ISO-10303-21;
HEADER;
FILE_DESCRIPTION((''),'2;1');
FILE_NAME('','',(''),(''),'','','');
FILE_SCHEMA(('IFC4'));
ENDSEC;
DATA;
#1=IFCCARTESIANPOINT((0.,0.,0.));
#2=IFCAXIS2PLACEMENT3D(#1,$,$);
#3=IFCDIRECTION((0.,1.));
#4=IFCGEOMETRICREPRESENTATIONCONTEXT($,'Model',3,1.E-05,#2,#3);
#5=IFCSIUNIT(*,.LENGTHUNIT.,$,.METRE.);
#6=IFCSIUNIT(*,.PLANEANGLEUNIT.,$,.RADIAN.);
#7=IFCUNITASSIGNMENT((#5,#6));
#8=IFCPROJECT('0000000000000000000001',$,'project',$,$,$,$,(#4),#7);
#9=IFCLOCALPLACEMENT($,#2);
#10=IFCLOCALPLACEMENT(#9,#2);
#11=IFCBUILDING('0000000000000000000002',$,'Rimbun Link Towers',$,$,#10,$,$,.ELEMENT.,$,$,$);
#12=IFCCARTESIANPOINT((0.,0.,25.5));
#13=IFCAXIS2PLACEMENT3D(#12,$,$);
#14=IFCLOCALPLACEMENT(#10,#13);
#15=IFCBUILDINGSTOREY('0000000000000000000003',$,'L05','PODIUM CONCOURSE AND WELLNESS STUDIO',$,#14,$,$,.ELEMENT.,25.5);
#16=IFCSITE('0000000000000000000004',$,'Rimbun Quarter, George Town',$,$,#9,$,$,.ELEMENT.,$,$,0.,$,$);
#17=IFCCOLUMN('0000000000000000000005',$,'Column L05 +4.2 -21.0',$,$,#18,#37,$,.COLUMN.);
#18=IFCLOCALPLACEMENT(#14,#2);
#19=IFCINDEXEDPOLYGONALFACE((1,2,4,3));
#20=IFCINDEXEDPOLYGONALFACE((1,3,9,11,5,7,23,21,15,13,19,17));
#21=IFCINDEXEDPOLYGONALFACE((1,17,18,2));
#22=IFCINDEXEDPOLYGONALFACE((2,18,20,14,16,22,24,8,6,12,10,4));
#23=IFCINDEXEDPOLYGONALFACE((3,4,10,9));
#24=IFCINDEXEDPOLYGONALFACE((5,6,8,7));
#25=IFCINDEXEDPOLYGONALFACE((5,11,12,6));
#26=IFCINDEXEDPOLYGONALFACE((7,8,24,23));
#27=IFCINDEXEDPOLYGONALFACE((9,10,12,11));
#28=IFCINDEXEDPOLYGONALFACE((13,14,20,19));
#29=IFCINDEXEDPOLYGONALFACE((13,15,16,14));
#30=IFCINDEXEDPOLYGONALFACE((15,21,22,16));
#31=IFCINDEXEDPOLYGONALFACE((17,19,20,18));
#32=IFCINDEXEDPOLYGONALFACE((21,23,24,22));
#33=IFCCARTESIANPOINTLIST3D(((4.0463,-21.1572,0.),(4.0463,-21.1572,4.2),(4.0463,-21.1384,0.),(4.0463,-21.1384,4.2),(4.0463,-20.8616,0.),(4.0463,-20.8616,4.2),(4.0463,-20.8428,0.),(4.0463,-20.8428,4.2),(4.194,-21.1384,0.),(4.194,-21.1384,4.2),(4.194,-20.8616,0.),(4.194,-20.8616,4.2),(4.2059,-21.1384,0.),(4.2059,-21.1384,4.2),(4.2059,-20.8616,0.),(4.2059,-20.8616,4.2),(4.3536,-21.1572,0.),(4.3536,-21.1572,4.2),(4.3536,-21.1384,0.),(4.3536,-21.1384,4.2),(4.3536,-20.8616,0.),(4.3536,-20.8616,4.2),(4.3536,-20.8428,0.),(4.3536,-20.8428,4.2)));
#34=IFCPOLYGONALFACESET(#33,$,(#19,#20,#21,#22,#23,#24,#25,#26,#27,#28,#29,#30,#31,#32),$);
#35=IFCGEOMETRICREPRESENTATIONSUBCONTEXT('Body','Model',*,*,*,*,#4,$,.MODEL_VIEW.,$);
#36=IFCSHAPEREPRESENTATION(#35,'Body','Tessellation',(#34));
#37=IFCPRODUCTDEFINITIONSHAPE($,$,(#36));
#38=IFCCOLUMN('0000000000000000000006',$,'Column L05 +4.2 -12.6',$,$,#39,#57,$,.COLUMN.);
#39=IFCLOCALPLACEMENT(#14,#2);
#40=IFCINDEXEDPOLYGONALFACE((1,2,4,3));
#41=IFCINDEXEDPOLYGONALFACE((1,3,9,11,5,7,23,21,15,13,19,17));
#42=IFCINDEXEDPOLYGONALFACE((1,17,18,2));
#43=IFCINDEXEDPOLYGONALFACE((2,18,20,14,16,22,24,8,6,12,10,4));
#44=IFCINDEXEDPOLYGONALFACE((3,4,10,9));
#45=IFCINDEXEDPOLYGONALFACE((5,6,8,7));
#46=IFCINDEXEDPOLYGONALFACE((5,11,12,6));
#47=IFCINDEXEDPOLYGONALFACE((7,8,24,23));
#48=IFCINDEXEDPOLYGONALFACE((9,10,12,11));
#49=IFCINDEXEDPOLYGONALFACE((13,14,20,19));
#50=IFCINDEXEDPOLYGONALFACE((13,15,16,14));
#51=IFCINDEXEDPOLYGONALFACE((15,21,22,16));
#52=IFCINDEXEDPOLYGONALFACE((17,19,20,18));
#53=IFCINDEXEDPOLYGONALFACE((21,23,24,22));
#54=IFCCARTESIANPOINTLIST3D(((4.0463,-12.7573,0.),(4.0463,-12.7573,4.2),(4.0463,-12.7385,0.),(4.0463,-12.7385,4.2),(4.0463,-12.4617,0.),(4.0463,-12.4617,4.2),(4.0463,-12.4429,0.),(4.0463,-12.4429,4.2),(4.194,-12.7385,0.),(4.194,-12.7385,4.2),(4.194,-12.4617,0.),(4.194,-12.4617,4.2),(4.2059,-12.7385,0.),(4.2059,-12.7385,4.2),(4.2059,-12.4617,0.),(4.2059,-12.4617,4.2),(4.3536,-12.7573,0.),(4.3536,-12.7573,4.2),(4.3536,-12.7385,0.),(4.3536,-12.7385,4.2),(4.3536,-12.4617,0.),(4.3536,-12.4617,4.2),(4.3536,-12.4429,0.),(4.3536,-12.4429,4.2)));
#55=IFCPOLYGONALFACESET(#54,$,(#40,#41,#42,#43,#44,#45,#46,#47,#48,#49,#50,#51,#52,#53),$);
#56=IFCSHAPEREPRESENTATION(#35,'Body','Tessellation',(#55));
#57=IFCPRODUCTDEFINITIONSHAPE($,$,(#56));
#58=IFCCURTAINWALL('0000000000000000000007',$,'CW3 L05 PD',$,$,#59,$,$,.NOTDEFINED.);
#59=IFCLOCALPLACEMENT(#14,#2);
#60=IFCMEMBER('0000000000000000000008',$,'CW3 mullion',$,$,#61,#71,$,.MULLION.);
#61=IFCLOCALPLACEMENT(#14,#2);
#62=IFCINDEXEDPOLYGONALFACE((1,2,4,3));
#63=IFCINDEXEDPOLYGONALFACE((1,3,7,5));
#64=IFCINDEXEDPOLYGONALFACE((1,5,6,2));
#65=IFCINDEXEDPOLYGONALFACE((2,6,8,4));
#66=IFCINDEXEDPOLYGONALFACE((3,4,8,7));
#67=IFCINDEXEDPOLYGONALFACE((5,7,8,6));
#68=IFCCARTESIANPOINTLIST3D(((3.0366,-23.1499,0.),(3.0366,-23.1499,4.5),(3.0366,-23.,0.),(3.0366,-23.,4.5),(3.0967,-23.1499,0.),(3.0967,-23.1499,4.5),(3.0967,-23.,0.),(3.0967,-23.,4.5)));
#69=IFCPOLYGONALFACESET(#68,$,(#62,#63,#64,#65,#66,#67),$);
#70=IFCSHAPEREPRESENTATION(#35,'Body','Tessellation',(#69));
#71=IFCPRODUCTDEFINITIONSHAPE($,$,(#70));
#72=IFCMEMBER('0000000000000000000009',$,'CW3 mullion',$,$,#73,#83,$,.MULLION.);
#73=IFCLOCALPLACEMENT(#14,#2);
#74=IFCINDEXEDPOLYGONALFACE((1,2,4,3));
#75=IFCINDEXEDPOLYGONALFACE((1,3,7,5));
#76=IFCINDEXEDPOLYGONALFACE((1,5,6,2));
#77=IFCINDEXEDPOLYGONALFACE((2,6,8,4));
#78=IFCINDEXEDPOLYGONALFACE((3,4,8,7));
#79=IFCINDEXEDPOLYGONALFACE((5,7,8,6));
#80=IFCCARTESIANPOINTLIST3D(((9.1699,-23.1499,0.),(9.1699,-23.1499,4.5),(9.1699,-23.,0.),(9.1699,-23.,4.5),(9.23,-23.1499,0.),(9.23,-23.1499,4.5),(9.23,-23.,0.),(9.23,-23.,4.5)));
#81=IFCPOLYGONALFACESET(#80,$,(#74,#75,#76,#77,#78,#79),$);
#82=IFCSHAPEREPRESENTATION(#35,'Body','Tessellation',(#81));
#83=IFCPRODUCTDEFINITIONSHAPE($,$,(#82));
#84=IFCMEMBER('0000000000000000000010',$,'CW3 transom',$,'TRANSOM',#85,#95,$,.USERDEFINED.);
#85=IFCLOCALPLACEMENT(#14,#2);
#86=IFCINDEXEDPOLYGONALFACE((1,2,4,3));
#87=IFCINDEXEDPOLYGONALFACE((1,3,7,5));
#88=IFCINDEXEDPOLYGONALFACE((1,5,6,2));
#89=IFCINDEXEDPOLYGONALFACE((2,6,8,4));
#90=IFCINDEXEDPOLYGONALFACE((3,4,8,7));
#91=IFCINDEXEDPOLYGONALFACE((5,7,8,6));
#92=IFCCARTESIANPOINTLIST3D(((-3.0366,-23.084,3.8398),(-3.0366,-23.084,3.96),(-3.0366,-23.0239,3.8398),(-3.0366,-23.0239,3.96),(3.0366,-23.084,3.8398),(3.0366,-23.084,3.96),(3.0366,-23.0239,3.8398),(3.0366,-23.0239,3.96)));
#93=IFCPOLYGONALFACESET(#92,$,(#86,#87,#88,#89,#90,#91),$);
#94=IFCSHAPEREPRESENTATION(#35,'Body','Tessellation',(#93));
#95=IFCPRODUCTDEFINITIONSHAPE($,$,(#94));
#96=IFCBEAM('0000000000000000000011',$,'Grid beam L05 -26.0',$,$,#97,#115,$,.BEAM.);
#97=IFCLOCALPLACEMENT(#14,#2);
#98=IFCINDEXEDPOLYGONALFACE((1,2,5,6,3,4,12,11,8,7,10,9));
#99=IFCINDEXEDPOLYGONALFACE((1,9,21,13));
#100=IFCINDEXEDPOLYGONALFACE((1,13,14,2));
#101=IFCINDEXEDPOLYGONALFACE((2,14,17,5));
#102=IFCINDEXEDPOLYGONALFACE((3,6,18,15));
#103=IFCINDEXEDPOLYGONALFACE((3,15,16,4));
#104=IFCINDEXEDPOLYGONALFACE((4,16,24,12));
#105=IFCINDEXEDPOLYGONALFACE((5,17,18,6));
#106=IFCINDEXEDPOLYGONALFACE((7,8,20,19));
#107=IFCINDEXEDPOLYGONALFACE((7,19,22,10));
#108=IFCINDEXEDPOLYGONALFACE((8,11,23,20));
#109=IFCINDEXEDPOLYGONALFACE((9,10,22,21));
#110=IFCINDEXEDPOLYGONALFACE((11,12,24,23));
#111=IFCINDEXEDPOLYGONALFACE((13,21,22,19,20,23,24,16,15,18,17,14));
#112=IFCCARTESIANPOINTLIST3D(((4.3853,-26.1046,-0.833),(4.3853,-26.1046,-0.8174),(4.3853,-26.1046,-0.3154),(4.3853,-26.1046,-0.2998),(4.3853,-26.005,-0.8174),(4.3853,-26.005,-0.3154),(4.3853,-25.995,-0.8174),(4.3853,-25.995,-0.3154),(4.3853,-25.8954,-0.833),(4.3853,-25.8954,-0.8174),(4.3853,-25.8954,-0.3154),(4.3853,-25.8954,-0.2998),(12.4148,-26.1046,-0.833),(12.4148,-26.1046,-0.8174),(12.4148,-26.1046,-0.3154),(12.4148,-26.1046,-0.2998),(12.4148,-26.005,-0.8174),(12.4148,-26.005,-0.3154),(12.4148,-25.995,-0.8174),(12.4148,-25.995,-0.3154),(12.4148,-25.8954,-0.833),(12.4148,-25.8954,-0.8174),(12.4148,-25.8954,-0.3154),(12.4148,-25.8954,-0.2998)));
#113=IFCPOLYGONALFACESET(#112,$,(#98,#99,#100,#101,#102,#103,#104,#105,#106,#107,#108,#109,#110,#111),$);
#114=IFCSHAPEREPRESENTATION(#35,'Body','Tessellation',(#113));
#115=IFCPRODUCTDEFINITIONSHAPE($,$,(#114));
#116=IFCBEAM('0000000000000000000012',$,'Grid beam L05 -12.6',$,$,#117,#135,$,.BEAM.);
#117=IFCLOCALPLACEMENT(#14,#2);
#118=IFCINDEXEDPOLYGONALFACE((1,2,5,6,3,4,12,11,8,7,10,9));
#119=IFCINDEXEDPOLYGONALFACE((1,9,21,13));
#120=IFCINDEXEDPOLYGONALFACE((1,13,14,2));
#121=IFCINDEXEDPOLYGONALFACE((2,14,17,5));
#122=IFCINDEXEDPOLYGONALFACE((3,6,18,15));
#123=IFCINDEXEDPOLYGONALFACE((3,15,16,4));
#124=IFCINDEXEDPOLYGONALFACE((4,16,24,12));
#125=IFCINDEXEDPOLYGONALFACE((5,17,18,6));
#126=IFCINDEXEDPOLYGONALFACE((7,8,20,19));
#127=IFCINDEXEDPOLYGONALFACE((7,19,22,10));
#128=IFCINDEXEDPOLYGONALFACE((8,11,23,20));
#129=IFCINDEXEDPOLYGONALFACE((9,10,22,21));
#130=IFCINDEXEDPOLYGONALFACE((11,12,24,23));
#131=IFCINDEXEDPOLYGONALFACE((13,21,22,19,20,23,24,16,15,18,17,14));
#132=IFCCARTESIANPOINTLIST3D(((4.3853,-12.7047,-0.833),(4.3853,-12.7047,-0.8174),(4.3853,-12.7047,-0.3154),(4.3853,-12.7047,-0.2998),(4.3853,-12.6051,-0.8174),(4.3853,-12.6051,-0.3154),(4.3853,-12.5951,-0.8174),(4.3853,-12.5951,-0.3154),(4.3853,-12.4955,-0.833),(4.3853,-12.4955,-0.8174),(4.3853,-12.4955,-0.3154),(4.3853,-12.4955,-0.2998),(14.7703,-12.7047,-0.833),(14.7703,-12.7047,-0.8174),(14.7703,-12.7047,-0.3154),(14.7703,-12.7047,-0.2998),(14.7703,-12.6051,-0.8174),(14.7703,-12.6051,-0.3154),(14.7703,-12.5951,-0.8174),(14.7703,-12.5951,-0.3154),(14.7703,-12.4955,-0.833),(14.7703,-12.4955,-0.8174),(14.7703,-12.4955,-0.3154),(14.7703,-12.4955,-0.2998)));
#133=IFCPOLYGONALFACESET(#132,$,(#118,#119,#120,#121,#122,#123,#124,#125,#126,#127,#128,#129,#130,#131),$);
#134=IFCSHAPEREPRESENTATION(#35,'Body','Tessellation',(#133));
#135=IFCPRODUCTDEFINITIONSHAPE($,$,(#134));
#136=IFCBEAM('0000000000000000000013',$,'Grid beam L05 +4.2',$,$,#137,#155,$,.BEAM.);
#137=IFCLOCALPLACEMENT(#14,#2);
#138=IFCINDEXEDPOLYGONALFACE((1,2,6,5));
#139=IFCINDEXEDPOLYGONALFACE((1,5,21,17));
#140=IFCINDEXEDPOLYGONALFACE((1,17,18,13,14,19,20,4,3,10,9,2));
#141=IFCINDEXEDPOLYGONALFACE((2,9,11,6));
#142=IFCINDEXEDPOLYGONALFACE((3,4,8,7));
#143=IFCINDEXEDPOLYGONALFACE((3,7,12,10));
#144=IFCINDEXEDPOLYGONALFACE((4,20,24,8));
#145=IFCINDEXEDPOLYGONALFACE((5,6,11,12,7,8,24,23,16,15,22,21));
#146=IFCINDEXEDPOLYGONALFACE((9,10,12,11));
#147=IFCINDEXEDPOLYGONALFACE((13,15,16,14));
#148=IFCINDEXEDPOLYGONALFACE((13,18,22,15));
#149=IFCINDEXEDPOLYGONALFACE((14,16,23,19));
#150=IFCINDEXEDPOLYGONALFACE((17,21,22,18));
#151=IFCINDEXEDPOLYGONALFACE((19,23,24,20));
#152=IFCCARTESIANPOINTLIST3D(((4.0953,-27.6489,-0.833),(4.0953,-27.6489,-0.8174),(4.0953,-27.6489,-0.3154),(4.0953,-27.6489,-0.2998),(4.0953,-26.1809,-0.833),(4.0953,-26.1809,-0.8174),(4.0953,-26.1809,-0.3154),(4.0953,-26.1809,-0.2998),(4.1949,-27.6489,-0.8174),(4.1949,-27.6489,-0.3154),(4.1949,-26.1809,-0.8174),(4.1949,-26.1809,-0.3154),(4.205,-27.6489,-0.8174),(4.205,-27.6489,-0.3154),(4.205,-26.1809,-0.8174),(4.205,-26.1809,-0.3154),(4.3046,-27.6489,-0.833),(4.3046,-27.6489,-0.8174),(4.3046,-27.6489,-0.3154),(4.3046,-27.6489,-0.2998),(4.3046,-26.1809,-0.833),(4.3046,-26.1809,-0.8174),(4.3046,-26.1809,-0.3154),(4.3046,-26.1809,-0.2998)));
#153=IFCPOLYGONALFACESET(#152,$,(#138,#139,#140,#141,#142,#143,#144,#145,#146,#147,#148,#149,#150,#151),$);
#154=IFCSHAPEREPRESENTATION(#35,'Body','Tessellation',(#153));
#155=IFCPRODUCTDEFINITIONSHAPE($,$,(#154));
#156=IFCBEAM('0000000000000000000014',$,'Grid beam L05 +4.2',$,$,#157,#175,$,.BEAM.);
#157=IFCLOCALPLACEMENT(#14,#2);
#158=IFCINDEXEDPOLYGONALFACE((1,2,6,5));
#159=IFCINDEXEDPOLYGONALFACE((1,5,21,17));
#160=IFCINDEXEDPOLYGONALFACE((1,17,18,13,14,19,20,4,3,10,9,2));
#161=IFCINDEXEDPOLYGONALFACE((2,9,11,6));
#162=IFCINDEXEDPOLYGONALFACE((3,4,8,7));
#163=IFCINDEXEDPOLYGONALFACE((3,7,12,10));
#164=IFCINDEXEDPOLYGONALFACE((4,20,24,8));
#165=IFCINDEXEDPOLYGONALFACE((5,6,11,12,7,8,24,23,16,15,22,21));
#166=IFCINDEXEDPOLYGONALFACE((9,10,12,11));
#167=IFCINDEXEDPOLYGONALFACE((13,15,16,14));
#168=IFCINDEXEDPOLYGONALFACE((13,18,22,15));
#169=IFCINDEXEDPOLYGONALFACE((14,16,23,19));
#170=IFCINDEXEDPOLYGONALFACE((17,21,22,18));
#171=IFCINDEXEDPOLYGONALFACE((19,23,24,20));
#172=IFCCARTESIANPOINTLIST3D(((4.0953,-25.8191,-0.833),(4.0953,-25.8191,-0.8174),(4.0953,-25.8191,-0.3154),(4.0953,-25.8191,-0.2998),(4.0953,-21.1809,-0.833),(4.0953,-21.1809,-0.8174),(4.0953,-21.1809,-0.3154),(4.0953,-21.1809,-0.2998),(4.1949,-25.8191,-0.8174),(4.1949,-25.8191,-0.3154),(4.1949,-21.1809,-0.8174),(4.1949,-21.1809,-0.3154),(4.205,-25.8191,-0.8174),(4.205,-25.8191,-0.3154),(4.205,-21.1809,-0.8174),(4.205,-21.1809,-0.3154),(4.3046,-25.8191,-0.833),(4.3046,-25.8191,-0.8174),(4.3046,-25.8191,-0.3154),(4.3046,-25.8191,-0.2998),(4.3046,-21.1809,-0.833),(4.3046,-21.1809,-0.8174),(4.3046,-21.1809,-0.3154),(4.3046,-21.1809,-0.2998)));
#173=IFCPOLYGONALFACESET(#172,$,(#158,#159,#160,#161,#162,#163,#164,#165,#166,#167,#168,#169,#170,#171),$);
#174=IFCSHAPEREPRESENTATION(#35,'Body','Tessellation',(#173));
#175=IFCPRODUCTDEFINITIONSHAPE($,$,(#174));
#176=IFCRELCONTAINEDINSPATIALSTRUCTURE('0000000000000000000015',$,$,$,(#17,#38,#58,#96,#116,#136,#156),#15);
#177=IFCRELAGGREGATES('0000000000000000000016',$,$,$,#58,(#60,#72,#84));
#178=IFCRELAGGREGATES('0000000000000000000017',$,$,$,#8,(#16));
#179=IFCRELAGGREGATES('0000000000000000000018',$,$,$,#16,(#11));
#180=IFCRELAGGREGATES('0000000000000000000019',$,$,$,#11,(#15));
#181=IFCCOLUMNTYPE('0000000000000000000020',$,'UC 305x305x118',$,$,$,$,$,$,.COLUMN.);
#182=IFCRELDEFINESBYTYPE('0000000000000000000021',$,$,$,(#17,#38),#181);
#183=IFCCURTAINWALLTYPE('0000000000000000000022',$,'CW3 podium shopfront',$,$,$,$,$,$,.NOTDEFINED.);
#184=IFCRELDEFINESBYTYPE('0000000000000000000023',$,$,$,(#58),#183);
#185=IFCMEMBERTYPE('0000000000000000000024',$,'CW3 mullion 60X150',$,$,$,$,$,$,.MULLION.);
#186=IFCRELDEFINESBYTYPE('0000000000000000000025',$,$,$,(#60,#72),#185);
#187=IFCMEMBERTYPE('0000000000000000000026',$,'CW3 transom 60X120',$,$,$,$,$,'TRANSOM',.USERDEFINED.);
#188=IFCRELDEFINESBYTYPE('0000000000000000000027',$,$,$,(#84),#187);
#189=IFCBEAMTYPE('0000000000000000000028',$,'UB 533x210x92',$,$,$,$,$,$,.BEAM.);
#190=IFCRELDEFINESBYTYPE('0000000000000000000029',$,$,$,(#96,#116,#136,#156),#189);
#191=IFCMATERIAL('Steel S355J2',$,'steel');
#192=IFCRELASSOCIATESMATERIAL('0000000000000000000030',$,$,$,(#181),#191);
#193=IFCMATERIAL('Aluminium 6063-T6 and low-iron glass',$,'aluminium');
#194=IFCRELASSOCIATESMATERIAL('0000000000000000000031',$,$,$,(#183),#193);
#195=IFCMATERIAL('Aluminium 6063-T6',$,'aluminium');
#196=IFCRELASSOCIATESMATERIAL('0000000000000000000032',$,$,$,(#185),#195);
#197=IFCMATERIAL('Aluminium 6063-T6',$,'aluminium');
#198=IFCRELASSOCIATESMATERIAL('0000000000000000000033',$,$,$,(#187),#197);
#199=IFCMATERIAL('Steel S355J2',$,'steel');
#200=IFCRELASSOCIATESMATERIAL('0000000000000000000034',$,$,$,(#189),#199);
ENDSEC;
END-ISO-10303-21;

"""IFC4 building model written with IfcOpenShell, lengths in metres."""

from ifc_helpers import new_model, si_unit, direction, frame, origin, origin_2d, place, context, subcontext, project, spatial, rectangle, i_section, extrude, material, material_profile, profile_set, type_object, element, aggregate, save


model = new_model("IFC4")

# Units and contexts
model_context = context("Model", 3, precision=1e-05, world=origin(), true_north=direction((0.0, 1.0)))
body_context = subcontext(model_context, "Body", "Model", "MODEL_VIEW")
ifc_project = project(units=[si_unit("LENGTHUNIT", "METRE"), si_unit("PLANEANGLEUNIT", "RADIAN")], contexts=[model_context])

# Site, building, storey
site_placement = place(None, origin())
site = spatial("IfcSite", under=ifc_project, at=site_placement, Name="Rimbun Quarter, George Town", CompositionType="ELEMENT", RefElevation=0.0)
building_placement = place(site_placement, origin())
building = spatial("IfcBuilding", under=site, at=building_placement, Name="Rimbun Link Towers", CompositionType="ELEMENT")
storey_placement = place(building_placement, frame((0.0, 0.0, 25.5)))
storey = spatial("IfcBuildingStorey", under=building, at=storey_placement, Name="L05", Description="PODIUM CONCOURSE AND WELLNESS STUDIO", CompositionType="ELEMENT", Elevation=25.5)

# Columns
ifc_material_1 = material(Name="Steel S355J2", Category="steel")
ifc_material_profile_1 = material_profile(ifc_material_1, i_section(OverallWidth=0.3074, OverallDepth=0.3145, WebThickness=0.012, FlangeThickness=0.0188, at=origin_2d()), Name="UC 305x305x118")
ifc_profile_set_1 = profile_set([ifc_material_profile_1], Name="Steel S355J2")
column_type = type_object("IfcColumnType", Name="UC 305x305x118", PredefinedType="COLUMN", material=ifc_profile_set_1)
for number, where, z_axis, x_axis, name in (
    (1, (4.2, -21.0, 0.0), (0.0, 0.0, 1.0), (1.0, 0.0, 0.0), "Column L05 +4.2 -21.0"),
    (2, (4.2, -12.6001, 0.0), (0.0, 0.0, 1.0), (1.0, 0.0, 0.0), "Column L05 +4.2 -12.6"),
):
    element("IfcColumn", number, at=place(storey_placement, frame(where, z_axis=z_axis, x_axis=x_axis)), inside=storey, type_object=column_type, Name=name, PredefinedType="COLUMN", context=body_context, shape_type="SweptSolid", body=[
        extrude(i_section(OverallWidth=0.3074, OverallDepth=0.3145, WebThickness=0.012, FlangeThickness=0.0188, at=origin_2d()), origin(), (0.0, 0.0, 1.0), 4.2),
    ])

# Curtain wall, members
ifc_material_2 = material(Name="Aluminium 6063-T6 and low-iron glass", Category="aluminium")
curtain_wall_type = type_object("IfcCurtainWallType", Name="CW3 podium shopfront", PredefinedType="NOTDEFINED", material=ifc_material_2)
curtain_wall_placement = place(storey_placement, origin())
curtain_wall = element("IfcCurtainWall", 3, at=curtain_wall_placement, inside=storey, type_object=curtain_wall_type, Name="CW3 L05 PD", PredefinedType="NOTDEFINED")
ifc_material_3 = material(Name="Aluminium 6063-T6", Category="aluminium")
ifc_material_profile_2 = material_profile(ifc_material_3, rectangle(XDim=0.1499, YDim=0.0601, at=origin_2d()), Name="MULLION 60X150")
ifc_profile_set_2 = profile_set([ifc_material_profile_2], Name="Aluminium 6063-T6")
member_type_1 = type_object("IfcMemberType", Name="CW3 mullion 60X150", PredefinedType="MULLION", material=ifc_profile_set_2)
member_1_placement = place(storey_placement, frame((3.0667, -23.075, 0.0), z_axis=(0.0, 0.0, 1.0), x_axis=(0.0, -1.0, 0.0)))
member_1 = element("IfcMember", 4, at=member_1_placement, type_object=member_type_1, Name="CW3 mullion", PredefinedType="MULLION", context=body_context, shape_type="SweptSolid", body=[
    extrude(rectangle(XDim=0.1499, YDim=0.0601, at=origin_2d()), origin(), (0.0, 0.0, 1.0), 4.5),
])
member_2_placement = place(storey_placement, frame((9.2, -23.075, 0.0), z_axis=(0.0, 0.0, 1.0), x_axis=(0.0, -1.0, 0.0)))
member_2 = element("IfcMember", 5, at=member_2_placement, type_object=member_type_1, Name="CW3 mullion", PredefinedType="MULLION", context=body_context, shape_type="SweptSolid", body=[
    extrude(rectangle(XDim=0.1499, YDim=0.0601, at=origin_2d()), origin(), (0.0, 0.0, 1.0), 4.5),
])
ifc_material_4 = material(Name="Aluminium 6063-T6", Category="aluminium")
ifc_material_profile_3 = material_profile(ifc_material_4, rectangle(XDim=0.0601, YDim=0.1201, at=origin_2d()), Name="TRANSOM 60X120")
ifc_profile_set_3 = profile_set([ifc_material_profile_3], Name="Aluminium 6063-T6")
member_type_2 = type_object("IfcMemberType", Name="CW3 transom 60X120", ElementType="TRANSOM", PredefinedType="USERDEFINED", material=ifc_profile_set_3)
member_3_placement = place(storey_placement, frame((3.0366, -23.054, 3.8999), z_axis=(-1.0, 0.0, 0.0), x_axis=(0.0, -1.0, 0.0)))
member_3 = element("IfcMember", 6, at=member_3_placement, type_object=member_type_2, Name="CW3 transom", ObjectType="TRANSOM", PredefinedType="USERDEFINED", context=body_context, shape_type="SweptSolid", body=[
    extrude(rectangle(XDim=0.0601, YDim=0.1201, at=origin_2d()), origin(), (0.0, 0.0, 1.0), 6.0732),
])

# Beams
ifc_material_5 = material(Name="Steel S355J2", Category="steel")
ifc_material_profile_4 = material_profile(ifc_material_5, i_section(OverallWidth=0.2092, OverallDepth=0.5332, WebThickness=0.01, FlangeThickness=0.0156, at=origin_2d()), Name="UB 533x210x92")
ifc_profile_set_4 = profile_set([ifc_material_profile_4], Name="Steel S355J2")
beam_type = type_object("IfcBeamType", Name="UB 533x210x92", PredefinedType="BEAM", material=ifc_profile_set_4)
beam_1_placement = place(storey_placement, frame((4.3853, -26.0, -0.5664), z_axis=(1.0, 0.0, 0.0), x_axis=(0.0, 1.0, 0.0)))
element("IfcBeam", 7, at=beam_1_placement, inside=storey, type_object=beam_type, Name="Grid beam L05 -26.0", PredefinedType="BEAM", context=body_context, shape_type="SweptSolid", body=[
    extrude(i_section(OverallWidth=0.2092, OverallDepth=0.5332, WebThickness=0.01, FlangeThickness=0.0156, at=origin_2d()), origin(), (0.0, 0.0, 1.0), 8.0295),
])
beam_2_placement = place(storey_placement, frame((4.3853, -12.6001, -0.5664), z_axis=(1.0, 0.0, 0.0), x_axis=(0.0, 1.0, 0.0)))
element("IfcBeam", 8, at=beam_2_placement, inside=storey, type_object=beam_type, Name="Grid beam L05 -12.6", PredefinedType="BEAM", context=body_context, shape_type="SweptSolid", body=[
    extrude(i_section(OverallWidth=0.2092, OverallDepth=0.5332, WebThickness=0.01, FlangeThickness=0.0156, at=origin_2d()), origin(), (0.0, 0.0, 1.0), 10.385),
])
beam_3_placement = place(storey_placement, frame((4.2, -27.6489, -0.5664), z_axis=(0.0, 1.0, 0.0), x_axis=(-1.0, 0.0, 0.0)))
element("IfcBeam", 9, at=beam_3_placement, inside=storey, type_object=beam_type, Name="Grid beam L05 +4.2", PredefinedType="BEAM", context=body_context, shape_type="SweptSolid", body=[
    extrude(i_section(OverallWidth=0.2092, OverallDepth=0.5332, WebThickness=0.01, FlangeThickness=0.0156, at=origin_2d()), origin(), (0.0, 0.0, 1.0), 1.468),
])
beam_4_placement = place(storey_placement, frame((4.2, -25.8191, -0.5664), z_axis=(0.0, 1.0, 0.0), x_axis=(-1.0, 0.0, 0.0)))
element("IfcBeam", 10, at=beam_4_placement, inside=storey, type_object=beam_type, Name="Grid beam L05 +4.2", PredefinedType="BEAM", context=body_context, shape_type="SweptSolid", body=[
    extrude(i_section(OverallWidth=0.2092, OverallDepth=0.5332, WebThickness=0.01, FlangeThickness=0.0156, at=origin_2d()), origin(), (0.0, 0.0, 1.0), 4.6382),
])

aggregate(curtain_wall, [member_1, member_2, member_3])

save(model, "model.ifc")
